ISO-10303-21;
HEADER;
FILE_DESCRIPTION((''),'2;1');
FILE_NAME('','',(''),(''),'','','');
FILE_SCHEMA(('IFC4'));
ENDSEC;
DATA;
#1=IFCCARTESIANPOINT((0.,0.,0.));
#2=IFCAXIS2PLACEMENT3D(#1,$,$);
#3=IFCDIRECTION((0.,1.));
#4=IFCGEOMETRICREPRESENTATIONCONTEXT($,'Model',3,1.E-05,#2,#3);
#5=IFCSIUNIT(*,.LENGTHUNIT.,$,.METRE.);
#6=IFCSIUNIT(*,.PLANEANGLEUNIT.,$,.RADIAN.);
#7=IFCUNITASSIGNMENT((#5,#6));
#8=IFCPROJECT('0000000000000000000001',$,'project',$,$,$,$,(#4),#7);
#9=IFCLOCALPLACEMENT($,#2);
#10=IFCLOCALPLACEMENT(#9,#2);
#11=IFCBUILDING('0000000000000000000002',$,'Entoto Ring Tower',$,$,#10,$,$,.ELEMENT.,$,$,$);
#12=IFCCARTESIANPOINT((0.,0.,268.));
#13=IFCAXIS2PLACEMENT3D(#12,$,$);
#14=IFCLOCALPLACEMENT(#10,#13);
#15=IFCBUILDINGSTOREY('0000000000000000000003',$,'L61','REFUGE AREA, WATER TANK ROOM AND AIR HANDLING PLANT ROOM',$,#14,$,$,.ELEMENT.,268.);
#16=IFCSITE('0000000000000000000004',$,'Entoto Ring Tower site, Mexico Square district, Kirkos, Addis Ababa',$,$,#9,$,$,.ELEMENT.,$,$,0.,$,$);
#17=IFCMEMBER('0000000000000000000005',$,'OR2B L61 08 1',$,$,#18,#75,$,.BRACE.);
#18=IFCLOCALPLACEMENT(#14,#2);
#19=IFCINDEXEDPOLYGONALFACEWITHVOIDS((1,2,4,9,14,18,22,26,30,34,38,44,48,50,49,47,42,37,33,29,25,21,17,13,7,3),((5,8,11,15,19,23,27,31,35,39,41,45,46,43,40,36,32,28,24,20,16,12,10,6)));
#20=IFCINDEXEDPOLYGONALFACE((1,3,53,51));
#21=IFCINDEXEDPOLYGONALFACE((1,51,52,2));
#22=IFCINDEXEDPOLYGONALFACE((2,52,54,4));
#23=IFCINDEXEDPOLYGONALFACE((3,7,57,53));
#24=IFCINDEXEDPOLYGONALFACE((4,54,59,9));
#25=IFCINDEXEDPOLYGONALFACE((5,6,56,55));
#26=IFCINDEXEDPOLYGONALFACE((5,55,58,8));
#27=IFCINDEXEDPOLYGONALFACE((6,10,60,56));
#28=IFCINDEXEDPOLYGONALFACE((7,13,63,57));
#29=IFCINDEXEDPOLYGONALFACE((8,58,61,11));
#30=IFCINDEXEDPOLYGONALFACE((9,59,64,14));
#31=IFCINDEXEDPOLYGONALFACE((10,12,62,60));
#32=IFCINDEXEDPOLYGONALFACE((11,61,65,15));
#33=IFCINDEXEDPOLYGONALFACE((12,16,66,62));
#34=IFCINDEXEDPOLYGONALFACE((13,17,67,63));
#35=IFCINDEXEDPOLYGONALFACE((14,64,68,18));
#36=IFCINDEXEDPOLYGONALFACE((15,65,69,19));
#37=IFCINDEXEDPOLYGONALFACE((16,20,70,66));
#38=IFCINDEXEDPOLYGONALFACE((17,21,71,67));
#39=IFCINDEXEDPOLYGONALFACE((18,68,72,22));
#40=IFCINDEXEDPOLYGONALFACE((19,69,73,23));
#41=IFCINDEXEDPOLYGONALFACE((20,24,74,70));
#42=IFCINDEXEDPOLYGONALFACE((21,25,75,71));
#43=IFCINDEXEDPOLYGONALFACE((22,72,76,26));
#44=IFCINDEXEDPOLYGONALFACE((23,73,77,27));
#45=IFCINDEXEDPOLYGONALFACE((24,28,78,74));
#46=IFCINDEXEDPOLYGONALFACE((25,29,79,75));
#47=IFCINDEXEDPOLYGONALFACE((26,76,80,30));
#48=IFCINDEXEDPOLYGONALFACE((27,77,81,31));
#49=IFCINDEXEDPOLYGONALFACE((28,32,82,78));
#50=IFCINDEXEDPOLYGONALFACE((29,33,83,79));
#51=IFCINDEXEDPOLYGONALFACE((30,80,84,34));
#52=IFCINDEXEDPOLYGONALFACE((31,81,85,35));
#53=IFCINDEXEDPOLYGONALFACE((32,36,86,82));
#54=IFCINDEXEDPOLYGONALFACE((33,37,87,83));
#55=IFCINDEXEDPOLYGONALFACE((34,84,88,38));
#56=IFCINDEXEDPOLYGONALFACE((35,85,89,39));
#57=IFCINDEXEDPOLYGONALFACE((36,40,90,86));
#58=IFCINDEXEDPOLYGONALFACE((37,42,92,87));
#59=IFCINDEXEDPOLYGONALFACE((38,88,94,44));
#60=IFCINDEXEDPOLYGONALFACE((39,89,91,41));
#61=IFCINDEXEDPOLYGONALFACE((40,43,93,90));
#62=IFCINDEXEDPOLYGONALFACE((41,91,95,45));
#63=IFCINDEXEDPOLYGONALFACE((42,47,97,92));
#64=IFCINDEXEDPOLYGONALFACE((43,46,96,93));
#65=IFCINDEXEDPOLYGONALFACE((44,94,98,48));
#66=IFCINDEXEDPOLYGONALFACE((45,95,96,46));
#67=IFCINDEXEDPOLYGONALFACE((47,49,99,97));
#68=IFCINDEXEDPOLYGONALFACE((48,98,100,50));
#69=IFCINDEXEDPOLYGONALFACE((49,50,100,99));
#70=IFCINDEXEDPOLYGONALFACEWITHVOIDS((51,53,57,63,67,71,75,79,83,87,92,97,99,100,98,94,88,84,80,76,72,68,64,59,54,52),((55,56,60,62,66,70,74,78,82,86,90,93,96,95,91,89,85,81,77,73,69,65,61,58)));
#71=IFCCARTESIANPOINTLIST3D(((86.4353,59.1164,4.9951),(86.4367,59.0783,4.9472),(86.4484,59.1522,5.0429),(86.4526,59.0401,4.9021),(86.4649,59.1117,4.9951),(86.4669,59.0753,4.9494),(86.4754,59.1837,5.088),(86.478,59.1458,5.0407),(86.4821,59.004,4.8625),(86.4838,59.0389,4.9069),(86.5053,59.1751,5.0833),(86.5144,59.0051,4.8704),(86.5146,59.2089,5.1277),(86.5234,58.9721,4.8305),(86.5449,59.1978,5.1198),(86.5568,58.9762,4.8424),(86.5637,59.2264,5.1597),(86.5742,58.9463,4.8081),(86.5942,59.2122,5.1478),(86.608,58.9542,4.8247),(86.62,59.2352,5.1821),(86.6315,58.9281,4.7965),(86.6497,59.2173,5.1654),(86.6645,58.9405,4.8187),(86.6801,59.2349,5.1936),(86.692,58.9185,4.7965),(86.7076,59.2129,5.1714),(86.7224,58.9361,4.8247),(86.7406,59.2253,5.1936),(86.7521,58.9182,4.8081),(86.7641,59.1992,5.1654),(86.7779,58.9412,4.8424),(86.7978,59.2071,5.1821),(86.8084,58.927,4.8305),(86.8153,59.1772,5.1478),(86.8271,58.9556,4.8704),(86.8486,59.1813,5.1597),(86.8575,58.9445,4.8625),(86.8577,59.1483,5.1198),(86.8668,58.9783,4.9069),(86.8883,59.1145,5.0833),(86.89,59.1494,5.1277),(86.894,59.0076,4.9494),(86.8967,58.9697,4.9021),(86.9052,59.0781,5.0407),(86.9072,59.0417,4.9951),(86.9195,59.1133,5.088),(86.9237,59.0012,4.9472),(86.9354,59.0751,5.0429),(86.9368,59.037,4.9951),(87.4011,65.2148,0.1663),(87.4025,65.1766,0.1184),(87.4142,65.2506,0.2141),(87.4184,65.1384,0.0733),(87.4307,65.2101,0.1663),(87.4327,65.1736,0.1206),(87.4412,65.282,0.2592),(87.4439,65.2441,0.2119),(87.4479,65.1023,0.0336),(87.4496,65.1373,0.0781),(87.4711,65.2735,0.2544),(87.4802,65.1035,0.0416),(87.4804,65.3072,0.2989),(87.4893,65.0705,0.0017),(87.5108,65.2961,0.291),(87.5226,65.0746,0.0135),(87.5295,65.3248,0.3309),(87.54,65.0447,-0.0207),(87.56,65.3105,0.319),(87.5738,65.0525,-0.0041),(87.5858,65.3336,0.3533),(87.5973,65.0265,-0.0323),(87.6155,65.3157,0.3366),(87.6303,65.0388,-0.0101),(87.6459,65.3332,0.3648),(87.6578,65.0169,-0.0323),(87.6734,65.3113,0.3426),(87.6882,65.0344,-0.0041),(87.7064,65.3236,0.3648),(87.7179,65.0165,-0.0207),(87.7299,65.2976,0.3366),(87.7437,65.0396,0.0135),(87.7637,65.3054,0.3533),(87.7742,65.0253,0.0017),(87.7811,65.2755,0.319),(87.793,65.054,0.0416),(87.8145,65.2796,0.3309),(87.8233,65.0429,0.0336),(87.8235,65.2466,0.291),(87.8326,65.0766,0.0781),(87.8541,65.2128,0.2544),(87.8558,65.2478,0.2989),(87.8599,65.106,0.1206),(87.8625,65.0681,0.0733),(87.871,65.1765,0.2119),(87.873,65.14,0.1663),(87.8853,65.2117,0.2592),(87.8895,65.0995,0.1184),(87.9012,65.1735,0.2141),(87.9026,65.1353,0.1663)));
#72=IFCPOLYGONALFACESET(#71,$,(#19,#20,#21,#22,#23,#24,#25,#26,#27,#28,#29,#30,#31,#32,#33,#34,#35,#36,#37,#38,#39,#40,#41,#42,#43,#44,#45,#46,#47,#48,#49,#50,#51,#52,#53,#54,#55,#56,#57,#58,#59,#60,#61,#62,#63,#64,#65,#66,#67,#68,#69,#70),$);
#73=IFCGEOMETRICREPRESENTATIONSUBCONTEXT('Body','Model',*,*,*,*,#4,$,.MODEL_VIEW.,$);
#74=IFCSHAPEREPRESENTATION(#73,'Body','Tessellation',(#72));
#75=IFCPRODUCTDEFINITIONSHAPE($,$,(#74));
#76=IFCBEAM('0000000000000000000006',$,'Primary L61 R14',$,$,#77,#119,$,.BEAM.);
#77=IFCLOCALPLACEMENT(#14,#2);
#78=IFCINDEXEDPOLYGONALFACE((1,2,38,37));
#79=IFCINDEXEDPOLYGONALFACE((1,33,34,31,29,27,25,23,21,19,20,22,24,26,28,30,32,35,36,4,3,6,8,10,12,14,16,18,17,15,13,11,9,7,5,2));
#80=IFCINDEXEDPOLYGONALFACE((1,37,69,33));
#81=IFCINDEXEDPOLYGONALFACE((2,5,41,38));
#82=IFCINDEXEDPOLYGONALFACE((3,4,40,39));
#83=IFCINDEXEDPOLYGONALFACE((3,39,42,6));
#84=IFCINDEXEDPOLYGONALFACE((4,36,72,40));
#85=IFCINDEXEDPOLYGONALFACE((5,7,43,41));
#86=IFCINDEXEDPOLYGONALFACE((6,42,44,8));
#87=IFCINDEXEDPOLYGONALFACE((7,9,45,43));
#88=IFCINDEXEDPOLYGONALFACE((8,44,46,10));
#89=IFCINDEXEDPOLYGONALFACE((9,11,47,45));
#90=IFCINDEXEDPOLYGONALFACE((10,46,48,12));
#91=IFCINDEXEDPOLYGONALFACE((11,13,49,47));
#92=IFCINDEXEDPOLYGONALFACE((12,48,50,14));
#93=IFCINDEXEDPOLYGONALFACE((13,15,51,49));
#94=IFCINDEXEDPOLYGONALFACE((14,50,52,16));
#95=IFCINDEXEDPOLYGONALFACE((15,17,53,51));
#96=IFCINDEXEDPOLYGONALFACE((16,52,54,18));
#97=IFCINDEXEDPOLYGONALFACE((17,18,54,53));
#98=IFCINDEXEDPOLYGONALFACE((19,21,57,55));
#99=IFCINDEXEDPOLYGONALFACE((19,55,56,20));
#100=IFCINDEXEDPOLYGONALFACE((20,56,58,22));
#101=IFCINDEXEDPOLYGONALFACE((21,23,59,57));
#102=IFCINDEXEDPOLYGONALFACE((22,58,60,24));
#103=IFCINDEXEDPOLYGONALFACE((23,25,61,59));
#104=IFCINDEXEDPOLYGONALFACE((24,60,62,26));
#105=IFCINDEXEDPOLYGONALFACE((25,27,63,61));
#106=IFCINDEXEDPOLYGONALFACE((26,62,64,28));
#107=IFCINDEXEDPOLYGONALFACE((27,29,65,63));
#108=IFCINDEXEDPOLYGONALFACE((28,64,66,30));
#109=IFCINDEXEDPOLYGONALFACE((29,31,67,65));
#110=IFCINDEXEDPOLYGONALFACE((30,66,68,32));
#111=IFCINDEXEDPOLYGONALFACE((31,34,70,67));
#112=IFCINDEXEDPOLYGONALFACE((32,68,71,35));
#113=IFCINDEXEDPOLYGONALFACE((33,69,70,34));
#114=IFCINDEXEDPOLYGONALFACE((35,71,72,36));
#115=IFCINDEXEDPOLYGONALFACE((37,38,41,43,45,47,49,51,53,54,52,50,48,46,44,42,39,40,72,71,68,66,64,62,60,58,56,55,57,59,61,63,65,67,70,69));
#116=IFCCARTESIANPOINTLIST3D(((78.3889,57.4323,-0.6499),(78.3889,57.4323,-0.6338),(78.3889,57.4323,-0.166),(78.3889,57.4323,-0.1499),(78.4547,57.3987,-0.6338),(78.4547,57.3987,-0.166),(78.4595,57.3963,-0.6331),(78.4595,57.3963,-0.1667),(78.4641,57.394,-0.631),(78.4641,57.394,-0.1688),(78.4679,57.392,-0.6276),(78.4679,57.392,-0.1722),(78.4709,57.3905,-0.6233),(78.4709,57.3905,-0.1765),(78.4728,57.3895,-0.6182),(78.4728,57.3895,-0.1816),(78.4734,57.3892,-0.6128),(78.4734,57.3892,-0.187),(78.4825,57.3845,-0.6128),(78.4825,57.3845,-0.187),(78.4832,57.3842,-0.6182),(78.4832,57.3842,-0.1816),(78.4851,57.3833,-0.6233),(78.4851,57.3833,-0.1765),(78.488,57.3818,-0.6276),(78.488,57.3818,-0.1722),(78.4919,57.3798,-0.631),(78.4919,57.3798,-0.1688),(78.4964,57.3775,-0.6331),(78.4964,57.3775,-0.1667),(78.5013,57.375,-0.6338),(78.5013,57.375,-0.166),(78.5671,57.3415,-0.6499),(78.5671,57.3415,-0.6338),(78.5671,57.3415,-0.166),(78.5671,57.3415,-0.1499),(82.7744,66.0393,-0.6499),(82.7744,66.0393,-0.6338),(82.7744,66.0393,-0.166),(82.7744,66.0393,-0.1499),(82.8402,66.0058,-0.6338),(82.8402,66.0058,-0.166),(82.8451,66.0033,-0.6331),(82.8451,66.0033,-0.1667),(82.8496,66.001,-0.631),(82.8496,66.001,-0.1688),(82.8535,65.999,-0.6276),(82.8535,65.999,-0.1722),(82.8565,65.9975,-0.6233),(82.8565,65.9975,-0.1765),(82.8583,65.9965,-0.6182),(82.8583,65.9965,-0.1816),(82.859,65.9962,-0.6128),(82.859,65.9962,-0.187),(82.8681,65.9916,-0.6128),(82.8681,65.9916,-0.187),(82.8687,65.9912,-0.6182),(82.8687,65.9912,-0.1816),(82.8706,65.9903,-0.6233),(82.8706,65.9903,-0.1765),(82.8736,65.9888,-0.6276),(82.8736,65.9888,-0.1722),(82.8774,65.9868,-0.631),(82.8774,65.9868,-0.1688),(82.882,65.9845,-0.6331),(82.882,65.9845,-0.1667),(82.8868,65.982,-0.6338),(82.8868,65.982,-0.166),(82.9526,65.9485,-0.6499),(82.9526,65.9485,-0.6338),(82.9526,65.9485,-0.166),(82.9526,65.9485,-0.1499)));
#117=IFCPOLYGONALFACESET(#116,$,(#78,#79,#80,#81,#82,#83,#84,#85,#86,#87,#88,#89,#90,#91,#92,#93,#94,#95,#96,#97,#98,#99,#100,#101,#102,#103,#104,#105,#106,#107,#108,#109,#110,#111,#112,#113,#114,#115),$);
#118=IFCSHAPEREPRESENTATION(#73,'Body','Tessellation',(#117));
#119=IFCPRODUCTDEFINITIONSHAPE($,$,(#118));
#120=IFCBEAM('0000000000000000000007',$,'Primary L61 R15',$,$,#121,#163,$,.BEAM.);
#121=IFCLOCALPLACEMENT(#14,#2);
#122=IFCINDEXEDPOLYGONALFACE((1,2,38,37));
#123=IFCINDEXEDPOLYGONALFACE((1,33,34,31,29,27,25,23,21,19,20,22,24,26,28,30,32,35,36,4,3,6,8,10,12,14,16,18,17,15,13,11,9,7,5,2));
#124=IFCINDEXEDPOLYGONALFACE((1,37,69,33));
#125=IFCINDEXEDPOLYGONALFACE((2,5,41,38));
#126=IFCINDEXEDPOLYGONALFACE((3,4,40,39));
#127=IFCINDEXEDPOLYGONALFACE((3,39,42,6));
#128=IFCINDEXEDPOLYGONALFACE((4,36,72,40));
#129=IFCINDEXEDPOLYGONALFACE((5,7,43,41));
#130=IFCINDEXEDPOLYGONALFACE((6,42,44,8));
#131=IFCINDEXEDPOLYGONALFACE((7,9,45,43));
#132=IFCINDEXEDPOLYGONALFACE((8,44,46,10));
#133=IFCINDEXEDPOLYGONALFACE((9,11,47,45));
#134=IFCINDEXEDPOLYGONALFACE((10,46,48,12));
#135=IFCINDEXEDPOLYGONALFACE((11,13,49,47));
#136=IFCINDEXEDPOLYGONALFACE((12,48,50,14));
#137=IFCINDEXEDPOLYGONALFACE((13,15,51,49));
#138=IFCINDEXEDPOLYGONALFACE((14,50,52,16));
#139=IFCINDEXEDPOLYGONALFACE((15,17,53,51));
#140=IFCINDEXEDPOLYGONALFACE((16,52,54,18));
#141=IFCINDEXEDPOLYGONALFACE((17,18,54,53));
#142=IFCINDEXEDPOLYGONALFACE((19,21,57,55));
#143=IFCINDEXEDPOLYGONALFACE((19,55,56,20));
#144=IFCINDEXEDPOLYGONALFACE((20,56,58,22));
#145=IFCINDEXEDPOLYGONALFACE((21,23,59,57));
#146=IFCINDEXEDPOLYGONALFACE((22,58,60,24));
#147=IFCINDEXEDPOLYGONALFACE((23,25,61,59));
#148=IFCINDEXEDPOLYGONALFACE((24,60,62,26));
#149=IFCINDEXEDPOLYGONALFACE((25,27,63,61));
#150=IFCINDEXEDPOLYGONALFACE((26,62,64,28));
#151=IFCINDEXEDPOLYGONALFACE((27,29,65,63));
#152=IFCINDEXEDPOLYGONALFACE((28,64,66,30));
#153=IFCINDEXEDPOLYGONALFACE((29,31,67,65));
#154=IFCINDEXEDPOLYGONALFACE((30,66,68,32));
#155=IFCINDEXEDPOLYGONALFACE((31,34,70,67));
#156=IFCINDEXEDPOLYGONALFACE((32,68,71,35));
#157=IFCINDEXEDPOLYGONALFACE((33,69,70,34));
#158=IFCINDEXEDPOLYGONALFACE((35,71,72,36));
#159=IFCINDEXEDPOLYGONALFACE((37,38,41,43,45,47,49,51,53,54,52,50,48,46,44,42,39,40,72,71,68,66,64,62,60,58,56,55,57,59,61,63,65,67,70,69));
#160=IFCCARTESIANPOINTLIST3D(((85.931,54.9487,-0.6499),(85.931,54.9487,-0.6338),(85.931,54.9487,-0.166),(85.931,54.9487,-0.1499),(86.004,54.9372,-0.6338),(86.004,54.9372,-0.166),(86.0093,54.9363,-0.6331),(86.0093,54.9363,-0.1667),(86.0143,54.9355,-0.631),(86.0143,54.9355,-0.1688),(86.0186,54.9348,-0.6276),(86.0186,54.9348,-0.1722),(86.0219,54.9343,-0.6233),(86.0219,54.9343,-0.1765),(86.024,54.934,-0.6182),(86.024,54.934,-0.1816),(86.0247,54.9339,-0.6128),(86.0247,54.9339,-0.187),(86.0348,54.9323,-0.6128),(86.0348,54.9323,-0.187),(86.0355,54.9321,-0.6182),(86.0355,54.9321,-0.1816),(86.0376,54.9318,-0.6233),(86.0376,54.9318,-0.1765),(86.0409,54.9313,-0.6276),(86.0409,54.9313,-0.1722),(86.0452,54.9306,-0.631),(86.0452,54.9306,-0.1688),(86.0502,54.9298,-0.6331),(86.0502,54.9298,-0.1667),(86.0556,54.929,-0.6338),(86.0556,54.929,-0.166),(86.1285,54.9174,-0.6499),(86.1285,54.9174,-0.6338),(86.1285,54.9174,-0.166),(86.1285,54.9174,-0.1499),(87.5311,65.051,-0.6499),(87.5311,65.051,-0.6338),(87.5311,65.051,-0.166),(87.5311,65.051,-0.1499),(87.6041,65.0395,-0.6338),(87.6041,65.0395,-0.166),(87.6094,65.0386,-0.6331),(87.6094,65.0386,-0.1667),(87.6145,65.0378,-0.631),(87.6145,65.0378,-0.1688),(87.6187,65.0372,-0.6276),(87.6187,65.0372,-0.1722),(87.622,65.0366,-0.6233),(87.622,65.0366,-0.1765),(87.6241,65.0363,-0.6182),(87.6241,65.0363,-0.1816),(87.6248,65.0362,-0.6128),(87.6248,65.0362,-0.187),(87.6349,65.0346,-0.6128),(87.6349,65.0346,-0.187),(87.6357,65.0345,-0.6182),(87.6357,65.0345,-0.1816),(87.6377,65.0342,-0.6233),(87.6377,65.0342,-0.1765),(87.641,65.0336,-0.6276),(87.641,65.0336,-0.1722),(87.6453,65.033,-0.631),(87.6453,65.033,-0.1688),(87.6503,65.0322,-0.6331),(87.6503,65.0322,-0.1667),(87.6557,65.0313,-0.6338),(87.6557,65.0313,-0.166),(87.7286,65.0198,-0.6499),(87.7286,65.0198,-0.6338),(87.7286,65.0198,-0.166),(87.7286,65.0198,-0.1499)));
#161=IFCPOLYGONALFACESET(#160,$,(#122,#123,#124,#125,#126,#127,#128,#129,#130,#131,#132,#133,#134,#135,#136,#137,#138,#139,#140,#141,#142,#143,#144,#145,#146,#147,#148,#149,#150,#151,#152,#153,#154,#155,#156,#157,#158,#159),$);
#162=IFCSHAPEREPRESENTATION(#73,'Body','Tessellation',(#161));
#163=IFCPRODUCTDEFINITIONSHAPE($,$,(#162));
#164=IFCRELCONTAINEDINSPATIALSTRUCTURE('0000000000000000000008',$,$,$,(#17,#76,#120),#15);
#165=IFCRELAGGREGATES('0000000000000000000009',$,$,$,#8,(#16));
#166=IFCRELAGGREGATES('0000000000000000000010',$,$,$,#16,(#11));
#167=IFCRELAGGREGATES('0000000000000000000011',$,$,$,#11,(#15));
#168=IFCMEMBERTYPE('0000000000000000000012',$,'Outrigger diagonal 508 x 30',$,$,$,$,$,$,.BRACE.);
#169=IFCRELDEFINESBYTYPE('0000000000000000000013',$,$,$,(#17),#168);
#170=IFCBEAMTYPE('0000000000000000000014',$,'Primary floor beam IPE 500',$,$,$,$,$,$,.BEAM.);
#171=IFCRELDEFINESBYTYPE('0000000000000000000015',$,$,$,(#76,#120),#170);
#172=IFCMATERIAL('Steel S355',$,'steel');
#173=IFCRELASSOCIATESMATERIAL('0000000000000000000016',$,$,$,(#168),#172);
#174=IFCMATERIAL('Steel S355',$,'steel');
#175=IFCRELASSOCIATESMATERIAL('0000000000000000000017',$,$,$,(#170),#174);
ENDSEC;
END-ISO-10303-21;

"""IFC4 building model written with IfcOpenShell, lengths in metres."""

from ifc_helpers import new_model, si_unit, direction, frame, origin, origin_2d, place, context, subcontext, project, spatial, circle, hollow_circle, i_section, extrude, material, material_profile, profile_set, type_object, element, save


model = new_model("IFC4")

# Units and contexts
model_context = context("Model", 3, precision=1e-05, world=origin(), true_north=direction((0.0, 1.0)))
body_context = subcontext(model_context, "Body", "Model", "MODEL_VIEW")
ifc_project = project(units=[si_unit("LENGTHUNIT", "METRE"), si_unit("PLANEANGLEUNIT", "RADIAN")], contexts=[model_context])

# Site, building, storey
site_placement = place(None, origin())
site = spatial("IfcSite", under=ifc_project, at=site_placement, Name="Entoto Ring Tower site, Mexico Square district, Kirkos, Addis Ababa", CompositionType="ELEMENT", RefElevation=0.0)
building_placement = place(site_placement, origin())
building = spatial("IfcBuilding", under=site, at=building_placement, Name="Entoto Ring Tower", CompositionType="ELEMENT")
storey_placement = place(building_placement, frame((0.0, 0.0, 268.0)))
storey = spatial("IfcBuildingStorey", under=building, at=storey_placement, Name="L61", Description="REFUGE AREA, WATER TANK ROOM AND AIR HANDLING PLANT ROOM", CompositionType="ELEMENT", Elevation=268.0)

# Member
ifc_material_1 = material(Name="Steel S355", Category="steel")
ifc_material_profile_1 = material_profile(ifc_material_1, hollow_circle(Radius=0.2539, WallThickness=0.03, at=origin_2d()), Name="CHS 508 x 30")
ifc_material_2 = material(Name="Concrete C60/75", Category="concrete")
ifc_material_profile_2 = material_profile(ifc_material_2, circle(Radius=0.2241, at=origin_2d()), Name="Concrete C60/75 infill")
ifc_profile_set_1 = profile_set([ifc_material_profile_1, ifc_material_profile_2], Name="Steel S355")
member_type_1 = type_object("IfcMemberType", Name="Outrigger diagonal 508 x 30", PredefinedType="BRACE", material=ifc_profile_set_1)
member_1_placement = place(storey_placement, frame((87.6519, 65.175, 0.1663), z_axis=(-0.123216, -0.778011, 0.616049), x_axis=(0.98769, -0.156423, 0.0)))
element("IfcMember", 1, at=member_1_placement, inside=storey, type_object=member_type_1, Name="OR2B L61 08 1", PredefinedType="BRACE", context=body_context, shape_type="SweptSolid", body=[
    extrude(hollow_circle(Radius=0.2539, WallThickness=0.03, at=origin_2d()), origin(), (0.0, 0.0, 1.0), 7.8384),
])

# Beams
ifc_material_3 = material(Name="Steel S355", Category="steel")
ifc_material_profile_3 = material_profile(ifc_material_3, i_section(OverallWidth=0.2, OverallDepth=0.5, WebThickness=0.0103, FlangeThickness=0.0161, FilletRadius=0.021, at=origin_2d()), Name="IPE 500")
ifc_profile_set_2 = profile_set([ifc_material_profile_3], Name="Steel S355")
beam_type_1 = type_object("IfcBeamType", Name="Primary floor beam IPE 500", PredefinedType="BEAM", material=ifc_profile_set_2)
beam_1_placement = place(storey_placement, frame((82.8635, 65.9939, -0.3999), z_axis=(-0.453994, -0.891005, 0.0), x_axis=(0.891005, -0.453994, 0.0)))
element("IfcBeam", 2, at=beam_1_placement, inside=storey, type_object=beam_type_1, Name="Primary L61 R14", PredefinedType="BEAM", context=body_context, shape_type="SweptSolid", body=[
    extrude(i_section(OverallWidth=0.2, OverallDepth=0.5, WebThickness=0.0103, FlangeThickness=0.0161, FilletRadius=0.021, at=origin_2d()), origin(), (0.0, 0.0, 1.0), 9.6599),
])
beam_2_placement = place(storey_placement, frame((87.6299, 65.0354, -0.3999), z_axis=(-0.156439, -0.987688, 0.0), x_axis=(0.987688, -0.156439, 0.0)))
element("IfcBeam", 3, at=beam_2_placement, inside=storey, type_object=beam_type_1, Name="Primary L61 R15", PredefinedType="BEAM", context=body_context, shape_type="SweptSolid", body=[
    extrude(i_section(OverallWidth=0.2, OverallDepth=0.5, WebThickness=0.0103, FlangeThickness=0.0161, FilletRadius=0.021, at=origin_2d()), origin(), (0.0, 0.0, 1.0), 10.2283),
])

save(model, "model.ifc")
